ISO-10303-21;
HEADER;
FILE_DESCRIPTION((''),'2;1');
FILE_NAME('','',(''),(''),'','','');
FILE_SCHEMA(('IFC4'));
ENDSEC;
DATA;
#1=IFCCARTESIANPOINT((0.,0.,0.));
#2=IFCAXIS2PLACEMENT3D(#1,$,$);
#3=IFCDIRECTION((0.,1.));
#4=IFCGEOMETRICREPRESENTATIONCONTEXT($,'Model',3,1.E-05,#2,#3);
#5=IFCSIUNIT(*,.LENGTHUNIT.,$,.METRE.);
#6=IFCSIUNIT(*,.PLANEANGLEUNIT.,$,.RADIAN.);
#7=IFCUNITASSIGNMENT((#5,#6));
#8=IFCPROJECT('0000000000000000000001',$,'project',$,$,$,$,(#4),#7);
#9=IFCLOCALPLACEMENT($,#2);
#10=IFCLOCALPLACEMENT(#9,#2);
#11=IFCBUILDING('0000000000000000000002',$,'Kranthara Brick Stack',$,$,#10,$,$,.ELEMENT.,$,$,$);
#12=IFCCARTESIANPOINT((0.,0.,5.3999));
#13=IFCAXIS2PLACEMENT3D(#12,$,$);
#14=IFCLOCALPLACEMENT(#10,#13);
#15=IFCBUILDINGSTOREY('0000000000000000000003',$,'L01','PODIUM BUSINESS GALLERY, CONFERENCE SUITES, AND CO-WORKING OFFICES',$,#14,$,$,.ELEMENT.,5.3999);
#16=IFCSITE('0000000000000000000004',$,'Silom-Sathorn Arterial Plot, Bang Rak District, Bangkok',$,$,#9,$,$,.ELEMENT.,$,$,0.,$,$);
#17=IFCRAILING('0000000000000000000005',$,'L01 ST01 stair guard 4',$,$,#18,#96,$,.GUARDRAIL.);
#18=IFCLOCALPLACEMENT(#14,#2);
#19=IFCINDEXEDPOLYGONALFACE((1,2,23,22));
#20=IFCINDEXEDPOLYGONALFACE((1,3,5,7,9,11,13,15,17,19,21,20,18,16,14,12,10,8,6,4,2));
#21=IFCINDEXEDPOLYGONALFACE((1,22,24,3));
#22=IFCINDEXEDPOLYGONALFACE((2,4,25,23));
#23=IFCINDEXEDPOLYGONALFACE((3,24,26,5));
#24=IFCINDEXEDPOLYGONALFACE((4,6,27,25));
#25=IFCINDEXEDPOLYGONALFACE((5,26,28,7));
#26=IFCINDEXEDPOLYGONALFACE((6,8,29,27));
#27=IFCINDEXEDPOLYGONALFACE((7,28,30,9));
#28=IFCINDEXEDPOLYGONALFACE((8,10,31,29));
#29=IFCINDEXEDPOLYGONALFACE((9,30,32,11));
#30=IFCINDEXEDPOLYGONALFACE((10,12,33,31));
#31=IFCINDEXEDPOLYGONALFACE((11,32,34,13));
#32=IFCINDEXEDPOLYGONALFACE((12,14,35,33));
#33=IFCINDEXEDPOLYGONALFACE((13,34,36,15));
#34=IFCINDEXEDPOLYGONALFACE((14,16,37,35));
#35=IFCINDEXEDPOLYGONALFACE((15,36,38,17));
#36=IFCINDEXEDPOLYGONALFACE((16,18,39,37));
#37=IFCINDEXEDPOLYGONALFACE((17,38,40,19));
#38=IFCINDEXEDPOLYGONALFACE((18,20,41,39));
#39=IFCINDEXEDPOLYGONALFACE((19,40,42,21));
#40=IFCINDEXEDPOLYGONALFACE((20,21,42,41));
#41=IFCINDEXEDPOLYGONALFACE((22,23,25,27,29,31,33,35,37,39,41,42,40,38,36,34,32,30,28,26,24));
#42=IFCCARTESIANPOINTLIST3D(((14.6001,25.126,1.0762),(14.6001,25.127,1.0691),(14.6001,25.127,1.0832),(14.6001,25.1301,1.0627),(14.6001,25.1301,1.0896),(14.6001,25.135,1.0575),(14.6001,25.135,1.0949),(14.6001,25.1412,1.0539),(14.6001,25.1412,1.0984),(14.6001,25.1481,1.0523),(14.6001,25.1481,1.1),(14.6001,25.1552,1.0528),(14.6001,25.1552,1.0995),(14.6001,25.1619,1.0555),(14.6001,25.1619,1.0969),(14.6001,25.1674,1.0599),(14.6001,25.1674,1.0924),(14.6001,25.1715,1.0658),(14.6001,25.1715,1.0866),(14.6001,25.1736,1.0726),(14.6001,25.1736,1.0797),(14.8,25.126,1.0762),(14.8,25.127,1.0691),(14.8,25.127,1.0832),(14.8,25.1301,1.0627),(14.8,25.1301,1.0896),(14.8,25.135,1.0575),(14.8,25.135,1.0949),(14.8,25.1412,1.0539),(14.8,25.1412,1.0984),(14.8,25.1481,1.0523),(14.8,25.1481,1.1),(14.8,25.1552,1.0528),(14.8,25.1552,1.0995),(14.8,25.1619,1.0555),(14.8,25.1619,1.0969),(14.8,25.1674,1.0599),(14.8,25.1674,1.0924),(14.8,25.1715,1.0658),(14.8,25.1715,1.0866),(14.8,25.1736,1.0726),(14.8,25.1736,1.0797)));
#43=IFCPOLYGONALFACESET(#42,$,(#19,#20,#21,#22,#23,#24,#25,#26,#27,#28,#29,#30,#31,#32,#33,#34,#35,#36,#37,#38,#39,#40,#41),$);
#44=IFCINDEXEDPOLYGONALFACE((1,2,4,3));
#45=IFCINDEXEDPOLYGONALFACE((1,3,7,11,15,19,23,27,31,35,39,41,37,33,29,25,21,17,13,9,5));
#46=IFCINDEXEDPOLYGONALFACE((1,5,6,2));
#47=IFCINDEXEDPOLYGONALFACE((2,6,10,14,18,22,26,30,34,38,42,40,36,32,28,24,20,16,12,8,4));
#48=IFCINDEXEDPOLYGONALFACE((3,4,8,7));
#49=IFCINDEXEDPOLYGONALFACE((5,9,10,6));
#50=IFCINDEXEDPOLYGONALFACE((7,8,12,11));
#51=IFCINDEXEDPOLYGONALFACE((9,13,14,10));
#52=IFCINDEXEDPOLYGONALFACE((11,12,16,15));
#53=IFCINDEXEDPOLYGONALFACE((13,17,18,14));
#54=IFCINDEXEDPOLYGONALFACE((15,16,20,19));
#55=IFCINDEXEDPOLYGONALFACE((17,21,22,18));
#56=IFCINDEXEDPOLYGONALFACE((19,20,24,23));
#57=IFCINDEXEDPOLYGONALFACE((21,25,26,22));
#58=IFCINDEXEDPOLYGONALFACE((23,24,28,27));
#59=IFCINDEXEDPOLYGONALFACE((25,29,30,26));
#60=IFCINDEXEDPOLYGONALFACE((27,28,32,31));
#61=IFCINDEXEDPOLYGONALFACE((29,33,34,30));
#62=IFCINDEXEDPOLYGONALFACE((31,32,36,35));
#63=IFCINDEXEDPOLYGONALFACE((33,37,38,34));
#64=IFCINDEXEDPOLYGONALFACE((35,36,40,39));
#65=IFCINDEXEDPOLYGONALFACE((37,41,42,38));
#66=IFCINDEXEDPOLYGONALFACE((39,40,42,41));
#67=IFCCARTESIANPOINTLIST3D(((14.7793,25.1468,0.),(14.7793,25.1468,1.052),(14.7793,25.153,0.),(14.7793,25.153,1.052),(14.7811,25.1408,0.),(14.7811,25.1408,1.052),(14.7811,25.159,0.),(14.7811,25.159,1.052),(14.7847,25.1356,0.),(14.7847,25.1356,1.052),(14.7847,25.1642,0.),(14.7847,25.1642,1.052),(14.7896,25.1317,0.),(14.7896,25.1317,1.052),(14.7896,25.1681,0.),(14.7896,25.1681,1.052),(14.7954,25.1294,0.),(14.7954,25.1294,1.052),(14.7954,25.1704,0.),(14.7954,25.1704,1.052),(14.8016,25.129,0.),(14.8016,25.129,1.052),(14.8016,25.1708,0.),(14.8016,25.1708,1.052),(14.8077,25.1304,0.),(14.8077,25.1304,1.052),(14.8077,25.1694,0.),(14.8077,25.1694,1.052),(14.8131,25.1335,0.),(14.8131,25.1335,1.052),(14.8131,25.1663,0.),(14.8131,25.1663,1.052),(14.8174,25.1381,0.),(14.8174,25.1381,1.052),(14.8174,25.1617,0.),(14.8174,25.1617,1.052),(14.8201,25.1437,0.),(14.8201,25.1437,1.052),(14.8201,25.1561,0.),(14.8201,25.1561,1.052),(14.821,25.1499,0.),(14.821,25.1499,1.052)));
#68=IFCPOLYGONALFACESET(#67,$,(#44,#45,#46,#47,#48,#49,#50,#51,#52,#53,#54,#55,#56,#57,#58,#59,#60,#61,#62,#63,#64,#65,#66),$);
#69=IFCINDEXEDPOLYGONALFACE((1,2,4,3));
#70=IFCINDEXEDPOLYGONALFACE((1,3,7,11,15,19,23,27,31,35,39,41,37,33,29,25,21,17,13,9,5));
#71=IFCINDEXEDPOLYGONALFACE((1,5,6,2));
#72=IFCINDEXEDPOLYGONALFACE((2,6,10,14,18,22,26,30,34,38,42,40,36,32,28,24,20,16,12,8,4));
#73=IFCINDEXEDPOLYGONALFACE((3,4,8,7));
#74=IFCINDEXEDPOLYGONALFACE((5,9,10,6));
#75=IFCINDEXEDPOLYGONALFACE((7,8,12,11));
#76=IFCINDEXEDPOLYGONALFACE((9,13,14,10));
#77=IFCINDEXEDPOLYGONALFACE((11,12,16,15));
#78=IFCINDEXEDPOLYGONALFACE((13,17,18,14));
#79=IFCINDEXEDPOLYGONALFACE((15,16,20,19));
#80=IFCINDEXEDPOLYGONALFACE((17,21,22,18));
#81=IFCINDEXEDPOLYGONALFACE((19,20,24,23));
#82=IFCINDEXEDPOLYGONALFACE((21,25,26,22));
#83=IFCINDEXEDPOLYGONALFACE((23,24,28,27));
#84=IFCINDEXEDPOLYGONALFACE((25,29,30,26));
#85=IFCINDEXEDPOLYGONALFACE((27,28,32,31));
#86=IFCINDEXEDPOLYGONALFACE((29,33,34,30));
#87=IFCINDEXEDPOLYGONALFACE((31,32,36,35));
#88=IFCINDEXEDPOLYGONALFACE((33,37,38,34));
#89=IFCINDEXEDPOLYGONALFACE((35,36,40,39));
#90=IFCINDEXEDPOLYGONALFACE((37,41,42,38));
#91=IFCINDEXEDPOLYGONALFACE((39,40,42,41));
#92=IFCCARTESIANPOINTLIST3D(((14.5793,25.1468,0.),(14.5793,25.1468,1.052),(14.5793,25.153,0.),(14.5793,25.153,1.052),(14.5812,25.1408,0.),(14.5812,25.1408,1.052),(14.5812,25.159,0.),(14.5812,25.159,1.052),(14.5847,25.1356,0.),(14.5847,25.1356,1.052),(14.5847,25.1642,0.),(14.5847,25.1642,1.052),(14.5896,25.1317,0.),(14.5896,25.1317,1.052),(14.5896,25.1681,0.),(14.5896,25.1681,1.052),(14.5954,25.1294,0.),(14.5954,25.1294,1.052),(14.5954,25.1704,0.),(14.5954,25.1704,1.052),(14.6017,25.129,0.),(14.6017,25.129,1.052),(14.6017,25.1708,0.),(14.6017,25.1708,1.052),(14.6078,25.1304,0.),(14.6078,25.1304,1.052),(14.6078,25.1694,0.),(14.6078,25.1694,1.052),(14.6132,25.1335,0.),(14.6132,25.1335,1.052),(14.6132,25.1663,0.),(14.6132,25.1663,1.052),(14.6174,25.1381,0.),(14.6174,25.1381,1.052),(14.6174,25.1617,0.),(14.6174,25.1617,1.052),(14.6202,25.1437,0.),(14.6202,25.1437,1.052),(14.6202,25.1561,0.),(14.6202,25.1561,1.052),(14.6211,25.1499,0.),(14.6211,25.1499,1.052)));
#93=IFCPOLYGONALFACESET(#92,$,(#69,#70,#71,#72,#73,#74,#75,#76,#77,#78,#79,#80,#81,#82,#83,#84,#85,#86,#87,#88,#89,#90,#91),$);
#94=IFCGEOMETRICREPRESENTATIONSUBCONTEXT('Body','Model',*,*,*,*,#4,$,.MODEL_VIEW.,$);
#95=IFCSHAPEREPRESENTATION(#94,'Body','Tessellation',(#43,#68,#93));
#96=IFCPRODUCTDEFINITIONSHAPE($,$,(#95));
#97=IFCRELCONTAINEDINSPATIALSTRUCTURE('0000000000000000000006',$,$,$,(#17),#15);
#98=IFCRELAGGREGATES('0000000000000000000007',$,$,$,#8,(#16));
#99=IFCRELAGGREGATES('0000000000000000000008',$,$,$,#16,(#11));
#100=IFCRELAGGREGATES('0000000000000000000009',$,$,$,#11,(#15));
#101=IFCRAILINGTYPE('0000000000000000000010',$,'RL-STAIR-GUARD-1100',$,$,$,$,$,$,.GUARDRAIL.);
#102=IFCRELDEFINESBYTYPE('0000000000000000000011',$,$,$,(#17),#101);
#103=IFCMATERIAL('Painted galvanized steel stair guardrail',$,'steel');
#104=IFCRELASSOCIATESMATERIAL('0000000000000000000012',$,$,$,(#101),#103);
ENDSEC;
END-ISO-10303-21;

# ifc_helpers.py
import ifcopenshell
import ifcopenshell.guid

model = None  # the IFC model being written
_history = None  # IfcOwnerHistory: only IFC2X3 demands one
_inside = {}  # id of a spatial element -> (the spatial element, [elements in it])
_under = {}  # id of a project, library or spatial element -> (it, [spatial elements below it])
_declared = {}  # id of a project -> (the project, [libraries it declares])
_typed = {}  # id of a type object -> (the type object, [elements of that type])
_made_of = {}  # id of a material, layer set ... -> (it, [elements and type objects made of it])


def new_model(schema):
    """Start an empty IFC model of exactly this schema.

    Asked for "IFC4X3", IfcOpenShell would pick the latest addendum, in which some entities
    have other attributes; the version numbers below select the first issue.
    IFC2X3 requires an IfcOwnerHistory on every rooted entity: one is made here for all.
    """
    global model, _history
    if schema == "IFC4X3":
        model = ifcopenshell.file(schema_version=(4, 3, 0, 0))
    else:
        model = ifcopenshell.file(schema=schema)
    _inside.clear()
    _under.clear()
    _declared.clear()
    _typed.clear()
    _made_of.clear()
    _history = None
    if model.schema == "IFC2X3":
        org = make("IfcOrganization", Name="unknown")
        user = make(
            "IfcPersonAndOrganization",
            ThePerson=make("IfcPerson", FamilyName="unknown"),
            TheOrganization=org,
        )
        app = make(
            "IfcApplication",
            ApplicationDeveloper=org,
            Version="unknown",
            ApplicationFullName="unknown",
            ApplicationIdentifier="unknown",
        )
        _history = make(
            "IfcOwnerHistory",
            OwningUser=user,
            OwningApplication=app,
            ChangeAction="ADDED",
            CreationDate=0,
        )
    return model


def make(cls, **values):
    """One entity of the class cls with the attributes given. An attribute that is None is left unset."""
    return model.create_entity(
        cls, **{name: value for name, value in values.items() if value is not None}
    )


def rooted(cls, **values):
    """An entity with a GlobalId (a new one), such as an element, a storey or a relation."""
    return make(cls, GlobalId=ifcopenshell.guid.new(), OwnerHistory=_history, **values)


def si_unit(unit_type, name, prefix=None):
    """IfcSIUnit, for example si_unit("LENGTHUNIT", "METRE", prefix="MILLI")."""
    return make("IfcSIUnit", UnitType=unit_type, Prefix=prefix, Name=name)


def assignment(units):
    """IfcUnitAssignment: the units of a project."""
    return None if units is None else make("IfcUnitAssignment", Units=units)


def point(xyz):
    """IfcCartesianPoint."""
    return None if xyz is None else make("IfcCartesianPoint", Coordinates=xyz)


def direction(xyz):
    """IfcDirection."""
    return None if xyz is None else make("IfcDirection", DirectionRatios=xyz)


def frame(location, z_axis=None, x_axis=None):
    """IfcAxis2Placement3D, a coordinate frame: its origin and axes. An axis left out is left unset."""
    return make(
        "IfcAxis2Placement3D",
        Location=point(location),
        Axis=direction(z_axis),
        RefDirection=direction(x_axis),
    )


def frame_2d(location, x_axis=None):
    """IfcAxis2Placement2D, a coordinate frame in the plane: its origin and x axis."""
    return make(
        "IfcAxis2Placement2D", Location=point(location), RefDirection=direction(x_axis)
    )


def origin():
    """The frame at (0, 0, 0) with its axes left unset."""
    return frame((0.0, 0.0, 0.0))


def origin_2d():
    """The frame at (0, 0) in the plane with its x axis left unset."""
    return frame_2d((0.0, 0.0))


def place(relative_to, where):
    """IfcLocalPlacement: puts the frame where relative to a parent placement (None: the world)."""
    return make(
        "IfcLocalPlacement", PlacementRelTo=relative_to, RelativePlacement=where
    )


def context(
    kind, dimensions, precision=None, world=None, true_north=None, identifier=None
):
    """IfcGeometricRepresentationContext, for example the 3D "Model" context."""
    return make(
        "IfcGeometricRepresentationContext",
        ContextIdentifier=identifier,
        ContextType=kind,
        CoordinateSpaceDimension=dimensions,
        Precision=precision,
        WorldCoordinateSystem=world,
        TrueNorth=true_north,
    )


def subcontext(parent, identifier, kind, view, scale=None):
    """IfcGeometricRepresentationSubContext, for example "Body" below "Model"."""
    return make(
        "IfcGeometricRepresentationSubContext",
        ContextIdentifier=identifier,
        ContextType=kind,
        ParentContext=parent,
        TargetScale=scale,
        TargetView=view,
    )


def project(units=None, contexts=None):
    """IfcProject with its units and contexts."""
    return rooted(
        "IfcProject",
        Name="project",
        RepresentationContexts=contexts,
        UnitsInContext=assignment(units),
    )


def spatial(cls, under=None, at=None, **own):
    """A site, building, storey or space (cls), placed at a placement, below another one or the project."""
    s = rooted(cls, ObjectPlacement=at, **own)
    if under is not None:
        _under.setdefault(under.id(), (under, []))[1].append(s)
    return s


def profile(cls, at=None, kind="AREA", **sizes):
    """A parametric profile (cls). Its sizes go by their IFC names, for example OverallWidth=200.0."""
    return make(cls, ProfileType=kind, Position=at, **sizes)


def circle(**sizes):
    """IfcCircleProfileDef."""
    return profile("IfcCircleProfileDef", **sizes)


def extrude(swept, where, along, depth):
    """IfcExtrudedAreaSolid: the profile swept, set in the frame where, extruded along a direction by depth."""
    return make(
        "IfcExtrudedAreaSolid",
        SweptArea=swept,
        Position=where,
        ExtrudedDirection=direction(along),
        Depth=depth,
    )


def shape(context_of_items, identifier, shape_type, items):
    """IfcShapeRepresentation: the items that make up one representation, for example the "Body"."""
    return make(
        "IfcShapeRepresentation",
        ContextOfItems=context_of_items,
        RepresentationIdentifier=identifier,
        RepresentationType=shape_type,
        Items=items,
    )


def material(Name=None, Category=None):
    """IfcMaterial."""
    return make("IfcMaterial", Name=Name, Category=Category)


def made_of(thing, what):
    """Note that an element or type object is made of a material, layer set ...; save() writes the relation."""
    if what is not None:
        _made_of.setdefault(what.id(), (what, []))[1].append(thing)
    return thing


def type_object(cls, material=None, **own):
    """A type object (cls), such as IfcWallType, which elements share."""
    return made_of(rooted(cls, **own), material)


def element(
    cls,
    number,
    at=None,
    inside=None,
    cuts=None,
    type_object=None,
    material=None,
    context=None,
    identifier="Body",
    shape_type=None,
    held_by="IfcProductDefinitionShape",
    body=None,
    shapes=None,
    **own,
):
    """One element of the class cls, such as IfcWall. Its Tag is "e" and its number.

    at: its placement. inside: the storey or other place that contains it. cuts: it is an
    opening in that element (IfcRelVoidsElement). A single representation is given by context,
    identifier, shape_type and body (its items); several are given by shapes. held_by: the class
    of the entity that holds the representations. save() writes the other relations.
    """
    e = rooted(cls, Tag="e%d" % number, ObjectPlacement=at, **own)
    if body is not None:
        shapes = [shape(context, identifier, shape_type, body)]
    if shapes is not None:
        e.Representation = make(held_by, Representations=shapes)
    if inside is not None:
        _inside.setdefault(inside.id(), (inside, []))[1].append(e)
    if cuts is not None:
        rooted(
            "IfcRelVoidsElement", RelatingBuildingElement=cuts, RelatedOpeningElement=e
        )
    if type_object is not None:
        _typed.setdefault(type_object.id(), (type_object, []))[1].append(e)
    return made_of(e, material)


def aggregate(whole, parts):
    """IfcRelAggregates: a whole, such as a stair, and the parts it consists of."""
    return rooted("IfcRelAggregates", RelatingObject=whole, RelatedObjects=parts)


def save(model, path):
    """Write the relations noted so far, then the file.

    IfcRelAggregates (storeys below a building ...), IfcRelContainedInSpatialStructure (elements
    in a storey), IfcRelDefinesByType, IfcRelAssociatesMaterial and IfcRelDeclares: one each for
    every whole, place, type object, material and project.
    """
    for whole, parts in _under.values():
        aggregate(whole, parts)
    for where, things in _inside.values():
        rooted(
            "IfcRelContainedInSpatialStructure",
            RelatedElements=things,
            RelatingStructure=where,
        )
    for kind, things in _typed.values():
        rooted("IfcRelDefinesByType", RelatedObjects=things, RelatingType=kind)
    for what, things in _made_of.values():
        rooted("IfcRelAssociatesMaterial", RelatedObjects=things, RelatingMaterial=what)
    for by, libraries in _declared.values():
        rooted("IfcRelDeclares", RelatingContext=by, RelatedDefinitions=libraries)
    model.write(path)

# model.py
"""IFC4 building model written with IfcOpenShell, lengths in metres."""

from ifc_helpers import new_model, si_unit, direction, frame, origin, origin_2d, place, context, subcontext, project, spatial, circle, extrude, material, type_object, element, save


model = new_model("IFC4")

# Units and contexts
model_context = context("Model", 3, precision=1e-05, world=origin(), true_north=direction((0.0, 1.0)))
body_context = subcontext(model_context, "Body", "Model", "MODEL_VIEW")
ifc_project = project(units=[si_unit("LENGTHUNIT", "METRE"), si_unit("PLANEANGLEUNIT", "RADIAN")], contexts=[model_context])

# Site, building, storey
site_placement = place(None, origin())
site = spatial("IfcSite", under=ifc_project, at=site_placement, Name="Silom-Sathorn Arterial Plot, Bang Rak District, Bangkok", CompositionType="ELEMENT", RefElevation=0.0)
building_placement = place(site_placement, origin())
building = spatial("IfcBuilding", under=site, at=building_placement, Name="Kranthara Brick Stack", CompositionType="ELEMENT")
storey_placement = place(building_placement, frame((0.0, 0.0, 5.3999)))
storey = spatial("IfcBuildingStorey", under=building, at=storey_placement, Name="L01", Description="PODIUM BUSINESS GALLERY, CONFERENCE SUITES, AND CO-WORKING OFFICES", CompositionType="ELEMENT", Elevation=5.3999)

# Railing
ifc_material_1 = material(Name="Painted galvanized steel stair guardrail", Category="steel")
railing_type = type_object("IfcRailingType", Name="RL-STAIR-GUARD-1100", PredefinedType="GUARDRAIL", material=ifc_material_1)
railing_1_placement = place(storey_placement, frame((14.8, 25.1499, 0.0)))
element("IfcRailing", 1, at=railing_1_placement, inside=storey, type_object=railing_type, Name="L01 ST01 stair guard 4", PredefinedType="GUARDRAIL", context=body_context, shape_type="SweptSolid", body=[
    extrude(circle(Radius=0.0239, at=origin_2d()), frame((0.0, 0.0, 1.0762), z_axis=(-1.0, 0.0, 0.0), x_axis=(0.0, -1.0, 0.0)), (0.0, 0.0, 1.0), 0.2),
    extrude(circle(Radius=0.021, at=origin_2d()), origin(), (0.0, 0.0, 1.0), 1.052),
    extrude(circle(Radius=0.021, at=origin_2d()), frame((-0.2, 0.0, 0.0)), (0.0, 0.0, 1.0), 1.052),
])

save(model, "model.ifc")
